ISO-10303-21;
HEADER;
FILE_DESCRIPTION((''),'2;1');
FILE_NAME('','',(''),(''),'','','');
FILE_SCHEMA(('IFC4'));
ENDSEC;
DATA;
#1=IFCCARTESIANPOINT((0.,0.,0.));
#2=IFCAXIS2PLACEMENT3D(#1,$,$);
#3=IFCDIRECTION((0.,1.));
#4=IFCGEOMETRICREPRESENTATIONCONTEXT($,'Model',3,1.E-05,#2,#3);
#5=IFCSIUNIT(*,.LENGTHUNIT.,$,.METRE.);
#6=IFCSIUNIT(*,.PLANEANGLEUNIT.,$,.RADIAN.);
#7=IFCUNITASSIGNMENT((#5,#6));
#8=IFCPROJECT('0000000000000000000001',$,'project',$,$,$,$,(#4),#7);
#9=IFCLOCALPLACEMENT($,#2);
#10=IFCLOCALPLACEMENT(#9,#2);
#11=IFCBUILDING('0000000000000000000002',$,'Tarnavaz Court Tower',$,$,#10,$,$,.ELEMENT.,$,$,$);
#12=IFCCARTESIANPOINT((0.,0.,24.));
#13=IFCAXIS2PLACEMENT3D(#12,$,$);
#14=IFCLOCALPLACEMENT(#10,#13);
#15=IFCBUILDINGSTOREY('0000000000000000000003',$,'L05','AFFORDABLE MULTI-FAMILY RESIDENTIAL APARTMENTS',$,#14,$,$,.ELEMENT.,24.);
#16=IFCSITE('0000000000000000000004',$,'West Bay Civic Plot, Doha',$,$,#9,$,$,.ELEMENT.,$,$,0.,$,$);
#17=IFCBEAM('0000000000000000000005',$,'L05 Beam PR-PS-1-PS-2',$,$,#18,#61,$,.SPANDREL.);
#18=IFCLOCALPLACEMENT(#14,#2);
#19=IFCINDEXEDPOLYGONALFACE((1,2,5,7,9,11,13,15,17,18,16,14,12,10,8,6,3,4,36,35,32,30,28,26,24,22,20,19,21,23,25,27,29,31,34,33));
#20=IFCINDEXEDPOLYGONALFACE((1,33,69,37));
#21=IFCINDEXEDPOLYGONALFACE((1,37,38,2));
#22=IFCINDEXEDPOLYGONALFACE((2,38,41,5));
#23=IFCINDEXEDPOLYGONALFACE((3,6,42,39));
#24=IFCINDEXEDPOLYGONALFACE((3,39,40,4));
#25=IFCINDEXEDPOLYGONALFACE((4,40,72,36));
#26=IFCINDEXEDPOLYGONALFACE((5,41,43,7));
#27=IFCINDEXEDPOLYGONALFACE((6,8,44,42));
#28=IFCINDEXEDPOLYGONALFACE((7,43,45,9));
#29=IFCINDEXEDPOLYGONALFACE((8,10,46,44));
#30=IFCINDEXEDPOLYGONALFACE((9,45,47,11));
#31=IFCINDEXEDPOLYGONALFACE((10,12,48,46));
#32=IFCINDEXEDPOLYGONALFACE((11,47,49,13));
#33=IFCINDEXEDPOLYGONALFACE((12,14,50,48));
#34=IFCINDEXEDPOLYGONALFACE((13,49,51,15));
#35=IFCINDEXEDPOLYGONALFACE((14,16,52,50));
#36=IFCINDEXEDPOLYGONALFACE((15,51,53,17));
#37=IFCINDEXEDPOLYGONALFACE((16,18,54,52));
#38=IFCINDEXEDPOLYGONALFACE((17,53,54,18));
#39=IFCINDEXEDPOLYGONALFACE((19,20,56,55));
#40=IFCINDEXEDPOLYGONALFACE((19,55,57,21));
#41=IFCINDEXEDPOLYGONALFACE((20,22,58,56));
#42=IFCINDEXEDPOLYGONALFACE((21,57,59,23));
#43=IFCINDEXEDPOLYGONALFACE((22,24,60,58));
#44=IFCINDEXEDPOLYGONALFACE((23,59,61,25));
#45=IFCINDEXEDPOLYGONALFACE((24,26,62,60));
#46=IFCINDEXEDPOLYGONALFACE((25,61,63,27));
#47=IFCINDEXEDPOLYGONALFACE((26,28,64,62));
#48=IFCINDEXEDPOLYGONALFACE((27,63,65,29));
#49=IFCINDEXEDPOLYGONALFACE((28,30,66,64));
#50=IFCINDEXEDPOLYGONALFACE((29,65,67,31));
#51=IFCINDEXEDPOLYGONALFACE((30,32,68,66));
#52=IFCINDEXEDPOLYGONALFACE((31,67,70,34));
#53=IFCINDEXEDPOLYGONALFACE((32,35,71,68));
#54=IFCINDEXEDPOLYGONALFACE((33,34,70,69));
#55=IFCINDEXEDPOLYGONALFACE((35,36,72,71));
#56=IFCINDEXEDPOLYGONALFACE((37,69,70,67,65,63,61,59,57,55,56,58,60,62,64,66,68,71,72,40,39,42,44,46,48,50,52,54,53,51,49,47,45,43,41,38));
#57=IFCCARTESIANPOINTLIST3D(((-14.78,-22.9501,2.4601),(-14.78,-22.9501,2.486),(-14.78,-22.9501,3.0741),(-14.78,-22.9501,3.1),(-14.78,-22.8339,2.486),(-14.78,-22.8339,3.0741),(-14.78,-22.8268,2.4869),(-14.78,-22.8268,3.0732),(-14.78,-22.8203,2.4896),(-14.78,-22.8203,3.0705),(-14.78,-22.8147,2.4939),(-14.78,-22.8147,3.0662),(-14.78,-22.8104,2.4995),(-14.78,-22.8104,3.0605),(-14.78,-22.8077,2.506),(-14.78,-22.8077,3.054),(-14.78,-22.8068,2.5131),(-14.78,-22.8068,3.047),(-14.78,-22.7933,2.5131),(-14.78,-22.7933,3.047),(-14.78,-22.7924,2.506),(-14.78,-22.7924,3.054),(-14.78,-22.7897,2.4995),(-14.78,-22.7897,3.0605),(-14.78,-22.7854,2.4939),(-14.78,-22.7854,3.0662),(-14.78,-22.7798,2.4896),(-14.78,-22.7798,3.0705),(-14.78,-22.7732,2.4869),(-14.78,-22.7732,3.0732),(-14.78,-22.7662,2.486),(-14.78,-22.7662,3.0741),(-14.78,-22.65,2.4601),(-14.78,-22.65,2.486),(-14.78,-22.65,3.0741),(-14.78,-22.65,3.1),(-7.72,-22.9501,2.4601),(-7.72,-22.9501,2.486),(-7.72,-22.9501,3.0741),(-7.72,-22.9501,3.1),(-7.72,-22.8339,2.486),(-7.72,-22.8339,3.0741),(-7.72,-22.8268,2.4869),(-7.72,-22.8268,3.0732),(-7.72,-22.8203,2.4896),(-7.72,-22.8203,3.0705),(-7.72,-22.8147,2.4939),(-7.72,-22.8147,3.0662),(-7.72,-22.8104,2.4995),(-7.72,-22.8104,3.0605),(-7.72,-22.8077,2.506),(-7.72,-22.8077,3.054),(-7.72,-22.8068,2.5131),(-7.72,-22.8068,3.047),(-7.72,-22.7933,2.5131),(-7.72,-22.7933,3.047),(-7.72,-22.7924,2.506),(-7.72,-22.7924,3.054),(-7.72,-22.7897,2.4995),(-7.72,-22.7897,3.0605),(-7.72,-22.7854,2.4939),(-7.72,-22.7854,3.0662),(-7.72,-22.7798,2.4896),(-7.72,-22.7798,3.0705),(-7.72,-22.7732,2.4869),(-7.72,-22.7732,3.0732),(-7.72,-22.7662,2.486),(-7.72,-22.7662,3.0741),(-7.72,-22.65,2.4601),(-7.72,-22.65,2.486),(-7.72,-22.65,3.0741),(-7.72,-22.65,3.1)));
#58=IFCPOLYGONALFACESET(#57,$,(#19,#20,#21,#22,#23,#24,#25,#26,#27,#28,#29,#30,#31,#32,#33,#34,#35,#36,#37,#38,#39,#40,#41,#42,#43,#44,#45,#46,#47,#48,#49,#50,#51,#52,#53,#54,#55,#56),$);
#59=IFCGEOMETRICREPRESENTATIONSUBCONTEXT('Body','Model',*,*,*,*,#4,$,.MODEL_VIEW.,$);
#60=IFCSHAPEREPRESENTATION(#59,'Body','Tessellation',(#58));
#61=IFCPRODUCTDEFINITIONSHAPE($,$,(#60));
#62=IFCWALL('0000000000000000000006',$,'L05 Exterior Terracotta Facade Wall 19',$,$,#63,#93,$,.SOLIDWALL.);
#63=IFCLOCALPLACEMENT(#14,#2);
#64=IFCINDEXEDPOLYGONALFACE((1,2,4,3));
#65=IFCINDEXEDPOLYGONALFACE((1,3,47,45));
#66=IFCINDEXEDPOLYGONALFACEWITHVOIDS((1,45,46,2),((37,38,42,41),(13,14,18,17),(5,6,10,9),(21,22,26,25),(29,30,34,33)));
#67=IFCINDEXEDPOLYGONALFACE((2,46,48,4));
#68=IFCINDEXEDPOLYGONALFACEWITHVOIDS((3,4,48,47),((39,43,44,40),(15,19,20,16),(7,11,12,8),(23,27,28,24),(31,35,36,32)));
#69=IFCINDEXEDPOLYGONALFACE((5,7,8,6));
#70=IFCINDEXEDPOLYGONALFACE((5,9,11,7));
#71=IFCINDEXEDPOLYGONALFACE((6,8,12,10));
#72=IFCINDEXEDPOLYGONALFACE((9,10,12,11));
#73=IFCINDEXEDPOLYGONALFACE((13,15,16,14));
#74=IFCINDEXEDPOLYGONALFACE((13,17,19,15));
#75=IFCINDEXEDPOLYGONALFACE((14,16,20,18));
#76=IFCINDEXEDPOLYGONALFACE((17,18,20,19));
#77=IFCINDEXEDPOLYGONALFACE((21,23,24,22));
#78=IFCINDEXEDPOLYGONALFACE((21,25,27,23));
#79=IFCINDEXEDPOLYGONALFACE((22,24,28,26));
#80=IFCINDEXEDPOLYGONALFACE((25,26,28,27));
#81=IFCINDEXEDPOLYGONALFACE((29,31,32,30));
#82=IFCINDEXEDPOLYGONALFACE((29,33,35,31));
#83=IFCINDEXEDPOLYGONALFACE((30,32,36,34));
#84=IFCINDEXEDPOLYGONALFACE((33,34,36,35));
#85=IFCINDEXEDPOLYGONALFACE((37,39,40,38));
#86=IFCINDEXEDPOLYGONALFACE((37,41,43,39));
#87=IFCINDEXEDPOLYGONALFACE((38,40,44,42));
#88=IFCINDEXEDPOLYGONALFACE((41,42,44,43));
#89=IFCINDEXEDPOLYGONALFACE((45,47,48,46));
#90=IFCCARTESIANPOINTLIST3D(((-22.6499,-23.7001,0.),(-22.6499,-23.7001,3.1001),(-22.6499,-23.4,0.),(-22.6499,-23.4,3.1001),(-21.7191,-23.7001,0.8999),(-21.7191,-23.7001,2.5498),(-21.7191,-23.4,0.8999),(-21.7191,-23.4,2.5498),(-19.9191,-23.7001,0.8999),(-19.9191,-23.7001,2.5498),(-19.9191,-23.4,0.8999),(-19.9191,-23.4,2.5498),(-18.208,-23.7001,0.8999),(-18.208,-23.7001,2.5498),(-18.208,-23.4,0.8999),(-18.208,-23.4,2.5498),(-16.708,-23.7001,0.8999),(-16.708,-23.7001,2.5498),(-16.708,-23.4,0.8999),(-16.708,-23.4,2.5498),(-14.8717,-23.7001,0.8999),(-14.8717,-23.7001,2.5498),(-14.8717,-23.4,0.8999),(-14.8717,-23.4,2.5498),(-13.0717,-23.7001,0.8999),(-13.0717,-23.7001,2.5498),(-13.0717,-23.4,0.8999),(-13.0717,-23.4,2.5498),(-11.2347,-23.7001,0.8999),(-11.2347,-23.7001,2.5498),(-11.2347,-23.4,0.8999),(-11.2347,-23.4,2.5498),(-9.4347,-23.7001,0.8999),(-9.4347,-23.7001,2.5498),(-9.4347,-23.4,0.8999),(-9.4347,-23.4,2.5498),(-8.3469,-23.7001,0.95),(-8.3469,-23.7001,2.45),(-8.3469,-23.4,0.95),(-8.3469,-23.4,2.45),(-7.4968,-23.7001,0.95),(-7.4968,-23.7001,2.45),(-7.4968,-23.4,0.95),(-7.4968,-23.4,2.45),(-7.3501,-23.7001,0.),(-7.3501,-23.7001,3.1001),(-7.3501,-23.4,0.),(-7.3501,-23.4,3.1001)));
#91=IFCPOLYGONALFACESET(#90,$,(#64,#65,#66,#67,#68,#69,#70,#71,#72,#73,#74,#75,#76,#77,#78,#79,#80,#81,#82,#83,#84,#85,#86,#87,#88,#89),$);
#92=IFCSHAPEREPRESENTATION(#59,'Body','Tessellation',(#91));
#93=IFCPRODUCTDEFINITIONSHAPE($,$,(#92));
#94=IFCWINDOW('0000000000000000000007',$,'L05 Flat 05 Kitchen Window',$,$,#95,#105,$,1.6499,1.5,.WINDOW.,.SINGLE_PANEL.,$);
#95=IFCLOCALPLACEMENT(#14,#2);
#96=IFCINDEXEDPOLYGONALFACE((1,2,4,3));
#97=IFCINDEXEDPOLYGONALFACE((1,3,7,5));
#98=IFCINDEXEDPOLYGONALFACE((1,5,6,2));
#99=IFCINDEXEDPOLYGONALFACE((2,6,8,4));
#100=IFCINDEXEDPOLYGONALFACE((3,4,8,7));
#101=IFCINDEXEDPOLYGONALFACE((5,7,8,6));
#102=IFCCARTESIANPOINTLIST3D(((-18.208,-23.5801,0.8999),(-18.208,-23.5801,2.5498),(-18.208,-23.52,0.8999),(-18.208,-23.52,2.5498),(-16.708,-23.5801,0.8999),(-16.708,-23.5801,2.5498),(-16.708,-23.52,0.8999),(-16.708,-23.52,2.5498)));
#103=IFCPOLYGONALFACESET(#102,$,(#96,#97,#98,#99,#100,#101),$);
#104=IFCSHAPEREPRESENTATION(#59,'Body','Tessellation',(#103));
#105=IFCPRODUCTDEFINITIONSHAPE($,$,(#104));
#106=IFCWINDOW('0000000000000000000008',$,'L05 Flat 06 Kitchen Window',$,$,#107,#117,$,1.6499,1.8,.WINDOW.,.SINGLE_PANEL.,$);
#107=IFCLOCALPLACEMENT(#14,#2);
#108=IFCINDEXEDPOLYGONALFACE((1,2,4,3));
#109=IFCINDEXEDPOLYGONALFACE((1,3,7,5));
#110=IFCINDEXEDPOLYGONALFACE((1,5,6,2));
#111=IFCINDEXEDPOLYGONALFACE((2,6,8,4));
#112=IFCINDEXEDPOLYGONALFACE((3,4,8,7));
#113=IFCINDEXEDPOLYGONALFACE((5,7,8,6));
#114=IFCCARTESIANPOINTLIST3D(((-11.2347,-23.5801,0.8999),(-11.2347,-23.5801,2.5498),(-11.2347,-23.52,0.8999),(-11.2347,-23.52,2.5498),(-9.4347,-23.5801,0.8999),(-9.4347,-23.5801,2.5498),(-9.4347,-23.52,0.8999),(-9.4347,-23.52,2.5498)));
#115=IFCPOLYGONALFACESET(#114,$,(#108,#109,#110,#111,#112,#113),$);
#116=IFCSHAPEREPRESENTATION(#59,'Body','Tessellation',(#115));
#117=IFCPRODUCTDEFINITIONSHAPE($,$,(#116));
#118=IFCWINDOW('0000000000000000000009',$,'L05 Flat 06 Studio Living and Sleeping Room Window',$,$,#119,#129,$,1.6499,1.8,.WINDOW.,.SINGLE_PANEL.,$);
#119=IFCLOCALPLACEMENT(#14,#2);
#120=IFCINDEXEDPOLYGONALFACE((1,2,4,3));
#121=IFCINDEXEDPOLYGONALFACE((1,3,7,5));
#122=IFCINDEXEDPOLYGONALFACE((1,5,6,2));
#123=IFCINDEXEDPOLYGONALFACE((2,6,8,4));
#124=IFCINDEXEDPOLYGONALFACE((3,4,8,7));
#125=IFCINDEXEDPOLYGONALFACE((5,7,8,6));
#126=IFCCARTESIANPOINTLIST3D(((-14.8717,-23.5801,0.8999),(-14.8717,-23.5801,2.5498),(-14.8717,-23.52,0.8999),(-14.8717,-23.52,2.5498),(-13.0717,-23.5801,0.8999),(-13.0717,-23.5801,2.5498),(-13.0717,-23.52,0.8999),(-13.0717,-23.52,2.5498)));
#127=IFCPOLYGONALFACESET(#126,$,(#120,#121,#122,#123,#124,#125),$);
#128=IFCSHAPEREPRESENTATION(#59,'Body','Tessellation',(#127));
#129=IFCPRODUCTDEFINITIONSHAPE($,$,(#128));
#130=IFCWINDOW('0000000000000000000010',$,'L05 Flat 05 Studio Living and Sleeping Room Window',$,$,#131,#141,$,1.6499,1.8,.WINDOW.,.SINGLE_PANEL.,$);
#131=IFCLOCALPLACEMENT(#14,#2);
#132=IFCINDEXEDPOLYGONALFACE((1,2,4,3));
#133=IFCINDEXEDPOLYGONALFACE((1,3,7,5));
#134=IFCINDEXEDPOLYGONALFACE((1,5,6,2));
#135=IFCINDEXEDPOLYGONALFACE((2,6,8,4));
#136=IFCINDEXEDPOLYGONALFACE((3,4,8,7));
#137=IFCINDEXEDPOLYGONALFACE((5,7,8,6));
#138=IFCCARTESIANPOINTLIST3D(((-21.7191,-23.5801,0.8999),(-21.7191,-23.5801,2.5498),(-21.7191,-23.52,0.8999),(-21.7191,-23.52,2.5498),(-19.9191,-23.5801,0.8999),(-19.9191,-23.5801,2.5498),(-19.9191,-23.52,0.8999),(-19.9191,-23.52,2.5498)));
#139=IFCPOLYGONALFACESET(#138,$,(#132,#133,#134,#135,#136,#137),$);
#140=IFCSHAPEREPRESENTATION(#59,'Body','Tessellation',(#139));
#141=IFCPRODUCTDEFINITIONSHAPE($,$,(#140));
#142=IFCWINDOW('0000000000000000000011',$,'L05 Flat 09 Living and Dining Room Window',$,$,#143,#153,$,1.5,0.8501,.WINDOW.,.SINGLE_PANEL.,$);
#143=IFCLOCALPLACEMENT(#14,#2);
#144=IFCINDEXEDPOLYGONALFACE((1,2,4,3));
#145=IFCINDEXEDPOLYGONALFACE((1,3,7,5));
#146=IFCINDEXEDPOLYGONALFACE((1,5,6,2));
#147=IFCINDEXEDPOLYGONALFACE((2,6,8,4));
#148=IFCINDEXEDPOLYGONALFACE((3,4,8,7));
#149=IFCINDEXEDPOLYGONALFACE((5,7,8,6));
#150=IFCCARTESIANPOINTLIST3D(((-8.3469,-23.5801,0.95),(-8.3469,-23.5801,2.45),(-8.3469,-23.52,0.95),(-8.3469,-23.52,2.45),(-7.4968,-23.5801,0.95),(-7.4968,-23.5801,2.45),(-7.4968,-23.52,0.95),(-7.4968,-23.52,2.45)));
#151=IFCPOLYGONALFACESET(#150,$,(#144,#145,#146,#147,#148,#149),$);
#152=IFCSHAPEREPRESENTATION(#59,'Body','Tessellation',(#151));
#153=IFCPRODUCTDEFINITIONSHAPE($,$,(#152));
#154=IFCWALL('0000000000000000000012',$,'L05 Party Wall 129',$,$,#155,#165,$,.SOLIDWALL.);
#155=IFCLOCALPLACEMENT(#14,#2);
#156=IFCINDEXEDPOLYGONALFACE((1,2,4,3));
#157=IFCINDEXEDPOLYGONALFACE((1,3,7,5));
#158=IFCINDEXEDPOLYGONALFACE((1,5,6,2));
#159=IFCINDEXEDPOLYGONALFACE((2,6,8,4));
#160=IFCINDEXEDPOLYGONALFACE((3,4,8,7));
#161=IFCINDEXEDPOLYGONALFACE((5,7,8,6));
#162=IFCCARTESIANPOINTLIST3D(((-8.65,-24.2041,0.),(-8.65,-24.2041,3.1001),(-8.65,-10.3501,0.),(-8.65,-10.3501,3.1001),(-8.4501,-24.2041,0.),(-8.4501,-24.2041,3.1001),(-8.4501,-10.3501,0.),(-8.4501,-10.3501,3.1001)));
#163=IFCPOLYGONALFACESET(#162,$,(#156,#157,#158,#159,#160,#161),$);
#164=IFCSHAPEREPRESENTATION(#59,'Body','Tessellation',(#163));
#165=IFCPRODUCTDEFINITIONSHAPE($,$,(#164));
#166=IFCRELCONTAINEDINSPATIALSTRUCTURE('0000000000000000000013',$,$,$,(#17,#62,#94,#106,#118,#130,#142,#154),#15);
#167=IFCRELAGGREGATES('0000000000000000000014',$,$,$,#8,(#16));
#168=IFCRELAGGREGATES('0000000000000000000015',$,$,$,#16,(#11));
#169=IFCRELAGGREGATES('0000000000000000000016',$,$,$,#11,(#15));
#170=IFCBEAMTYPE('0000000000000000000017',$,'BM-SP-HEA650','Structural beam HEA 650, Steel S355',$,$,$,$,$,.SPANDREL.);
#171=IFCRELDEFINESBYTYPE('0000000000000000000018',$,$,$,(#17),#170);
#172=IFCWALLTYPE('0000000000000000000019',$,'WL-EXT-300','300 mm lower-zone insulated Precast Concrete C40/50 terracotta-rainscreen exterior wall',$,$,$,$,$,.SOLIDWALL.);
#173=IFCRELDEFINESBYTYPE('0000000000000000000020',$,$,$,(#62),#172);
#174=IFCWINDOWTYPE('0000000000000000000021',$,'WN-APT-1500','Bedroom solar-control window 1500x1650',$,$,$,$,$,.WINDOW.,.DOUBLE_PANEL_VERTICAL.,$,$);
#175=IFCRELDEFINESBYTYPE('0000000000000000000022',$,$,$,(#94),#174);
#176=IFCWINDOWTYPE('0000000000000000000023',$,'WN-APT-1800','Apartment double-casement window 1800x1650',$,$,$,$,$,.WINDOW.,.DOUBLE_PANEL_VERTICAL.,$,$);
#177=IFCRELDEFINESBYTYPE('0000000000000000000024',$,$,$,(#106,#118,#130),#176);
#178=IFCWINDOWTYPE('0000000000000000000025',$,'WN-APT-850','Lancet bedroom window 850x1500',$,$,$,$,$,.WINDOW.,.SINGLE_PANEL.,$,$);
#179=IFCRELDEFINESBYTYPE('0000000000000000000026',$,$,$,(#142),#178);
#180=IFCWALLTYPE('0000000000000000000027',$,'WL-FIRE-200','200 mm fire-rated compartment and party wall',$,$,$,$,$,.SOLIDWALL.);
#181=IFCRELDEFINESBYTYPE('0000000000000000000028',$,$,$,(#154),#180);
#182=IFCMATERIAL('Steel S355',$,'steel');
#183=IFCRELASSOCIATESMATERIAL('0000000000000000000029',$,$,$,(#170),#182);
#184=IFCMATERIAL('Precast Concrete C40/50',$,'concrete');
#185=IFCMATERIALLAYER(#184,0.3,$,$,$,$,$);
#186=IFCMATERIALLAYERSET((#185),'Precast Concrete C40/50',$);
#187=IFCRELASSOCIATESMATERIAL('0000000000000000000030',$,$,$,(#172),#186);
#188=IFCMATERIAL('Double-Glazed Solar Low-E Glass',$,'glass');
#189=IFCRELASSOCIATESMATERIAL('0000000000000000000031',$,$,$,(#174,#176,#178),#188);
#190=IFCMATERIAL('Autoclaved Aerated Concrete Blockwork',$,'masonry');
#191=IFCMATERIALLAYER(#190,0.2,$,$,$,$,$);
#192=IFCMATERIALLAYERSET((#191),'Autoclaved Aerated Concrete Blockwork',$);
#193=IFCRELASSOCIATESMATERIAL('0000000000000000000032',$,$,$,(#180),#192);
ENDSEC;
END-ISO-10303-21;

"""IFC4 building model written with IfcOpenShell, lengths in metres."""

from ifc_helpers import new_model, si_unit, direction, frame, frame_2d, origin, origin_2d, place, context, subcontext, project, spatial, rectangle, i_section, extrude, material, layer, layer_set, material_profile, profile_set, type_object, element, fill, save


model = new_model("IFC4")

# Units and contexts
model_context = context("Model", 3, precision=1e-05, world=origin(), true_north=direction((0.0, 1.0)))
body_context = subcontext(model_context, "Body", "Model", "MODEL_VIEW")
ifc_project = project(units=[si_unit("LENGTHUNIT", "METRE"), si_unit("PLANEANGLEUNIT", "RADIAN")], contexts=[model_context])

# Site, building, storey
site_placement = place(None, origin())
site = spatial("IfcSite", under=ifc_project, at=site_placement, Name="West Bay Civic Plot, Doha", CompositionType="ELEMENT", RefElevation=0.0)
building_placement = place(site_placement, origin())
building = spatial("IfcBuilding", under=site, at=building_placement, Name="Tarnavaz Court Tower", CompositionType="ELEMENT")
storey_placement = place(building_placement, frame((0.0, 0.0, 24.0)))
storey = spatial("IfcBuildingStorey", under=building, at=storey_placement, Name="L05", Description="AFFORDABLE MULTI-FAMILY RESIDENTIAL APARTMENTS", CompositionType="ELEMENT", Elevation=24.0)

# Beam
ifc_material_1 = material(Name="Steel S355", Category="steel")
ifc_material_profile_1 = material_profile(ifc_material_1, i_section(OverallWidth=0.3, OverallDepth=0.6399, WebThickness=0.0134, FlangeThickness=0.0259, FilletRadius=0.0271, at=origin_2d()), Name="HEA 650")
ifc_profile_set_1 = profile_set([ifc_material_profile_1], Name="Steel S355")
beam_type_1 = type_object("IfcBeamType", Name="BM-SP-HEA650", Description="Structural beam HEA 650, Steel S355", PredefinedType="SPANDREL", material=ifc_profile_set_1)
beam_placement = place(storey_placement, frame((-14.78, -22.8, 2.78), z_axis=(1.0, 0.0, 0.0), x_axis=(0.0, 1.0, 0.0)))
element("IfcBeam", 1, at=beam_placement, inside=storey, type_object=beam_type_1, Name="L05 Beam PR-PS-1-PS-2", PredefinedType="SPANDREL", context=body_context, shape_type="SweptSolid", body=[
    extrude(i_section(OverallWidth=0.3, OverallDepth=0.6399, WebThickness=0.0134, FlangeThickness=0.0259, FilletRadius=0.0271, at=origin_2d()), origin(), (0.0, 0.0, 1.0), 7.0601),
])

# Wall, openings, windows
ifc_material_2 = material(Name="Precast Concrete C40/50", Category="concrete")
ifc_layer_1 = layer(ifc_material_2, 0.3)
ifc_layer_set_1 = layer_set([ifc_layer_1], Name="Precast Concrete C40/50")
wall_type_1 = type_object("IfcWallType", Name="WL-EXT-300", Description="300 mm lower-zone insulated Precast Concrete C40/50 terracotta-rainscreen exterior wall", PredefinedType="SOLIDWALL", material=ifc_layer_set_1)
wall_1_placement = place(storey_placement, frame((-7.3501, -23.55, 0.0), z_axis=(0.0, 0.0, 1.0), x_axis=(-1.0, 0.0, 0.0)))
wall_1 = element("IfcWall", 2, at=wall_1_placement, inside=storey, type_object=wall_type_1, Name="L05 Exterior Terracotta Facade Wall 19", PredefinedType="SOLIDWALL", context=body_context, shape_type="SweptSolid", body=[
    extrude(rectangle(XDim=15.2998, YDim=0.3, at=frame_2d((7.6499, 0.0))), origin(), (0.0, 0.0, 1.0), 3.1001),
])
opening_1_placement = place(wall_1_placement, frame((0.1467, 0.0, 0.95)))
opening_1 = element("IfcOpeningElement", 3, at=opening_1_placement, cuts=wall_1, PredefinedType="OPENING", context=body_context, shape_type="SweptSolid", body=[
    extrude(rectangle(XDim=0.8501, YDim=1.5, at=frame_2d((0.425, 0.75))), frame((0.0, 0.1599, 0.0), z_axis=(0.0, -1.0, 0.0), x_axis=(1.0, 0.0, 0.0)), (0.0, 0.0, 1.0), 0.3201),
])
opening_2_placement = place(wall_1_placement, frame((2.0847, 0.0, 0.8999)))
opening_2 = element("IfcOpeningElement", 4, at=opening_2_placement, cuts=wall_1, PredefinedType="OPENING", context=body_context, shape_type="SweptSolid", body=[
    extrude(rectangle(XDim=1.8, YDim=1.6499, at=frame_2d((0.8999, 0.825))), frame((0.0, 0.1599, 0.0), z_axis=(0.0, -1.0, 0.0), x_axis=(1.0, 0.0, 0.0)), (0.0, 0.0, 1.0), 0.3201),
])
opening_3_placement = place(wall_1_placement, frame((5.7217, 0.0, 0.8999)))
opening_3 = element("IfcOpeningElement", 5, at=opening_3_placement, cuts=wall_1, PredefinedType="OPENING", context=body_context, shape_type="SweptSolid", body=[
    extrude(rectangle(XDim=1.8, YDim=1.6499, at=frame_2d((0.8999, 0.825))), frame((0.0, 0.1599, 0.0), z_axis=(0.0, -1.0, 0.0), x_axis=(1.0, 0.0, 0.0)), (0.0, 0.0, 1.0), 0.3201),
])
opening_4_placement = place(wall_1_placement, frame((9.3579, 0.0, 0.8999)))
opening_4 = element("IfcOpeningElement", 6, at=opening_4_placement, cuts=wall_1, PredefinedType="OPENING", context=body_context, shape_type="SweptSolid", body=[
    extrude(rectangle(XDim=1.5, YDim=1.6499, at=frame_2d((0.75, 0.825))), frame((0.0, 0.1599, 0.0), z_axis=(0.0, -1.0, 0.0), x_axis=(1.0, 0.0, 0.0)), (0.0, 0.0, 1.0), 0.3201),
])
opening_5_placement = place(wall_1_placement, frame((12.5691, 0.0, 0.8999)))
opening_5 = element("IfcOpeningElement", 7, at=opening_5_placement, cuts=wall_1, PredefinedType="OPENING", context=body_context, shape_type="SweptSolid", body=[
    extrude(rectangle(XDim=1.8, YDim=1.6499, at=frame_2d((0.8999, 0.825))), frame((0.0, 0.1599, 0.0), z_axis=(0.0, -1.0, 0.0), x_axis=(1.0, 0.0, 0.0)), (0.0, 0.0, 1.0), 0.3201),
])
ifc_material_3 = material(Name="Double-Glazed Solar Low-E Glass", Category="glass")
window_type_1 = type_object("IfcWindowType", Name="WN-APT-1500", Description="Bedroom solar-control window 1500x1650", PartitioningType="DOUBLE_PANEL_VERTICAL", PredefinedType="WINDOW", material=ifc_material_3)
window_1_placement = place(opening_4_placement, origin())
window_1 = element("IfcWindow", 8, at=window_1_placement, inside=storey, type_object=window_type_1, Name="L05 Flat 05 Kitchen Window", OverallHeight=1.6499, OverallWidth=1.5, PartitioningType="SINGLE_PANEL", PredefinedType="WINDOW", context=body_context, shape_type="SweptSolid", body=[
    extrude(rectangle(XDim=1.5, YDim=1.6499, at=frame_2d((0.75, 0.825))), frame((0.0, 0.03, 0.0), z_axis=(0.0, -1.0, 0.0), x_axis=(1.0, 0.0, 0.0)), (0.0, 0.0, 1.0), 0.0601),
])
fill(opening_4, window_1)
window_type_2 = type_object("IfcWindowType", Name="WN-APT-1800", Description="Apartment double-casement window 1800x1650", PartitioningType="DOUBLE_PANEL_VERTICAL", PredefinedType="WINDOW", material=ifc_material_3)
window_2_placement = place(opening_2_placement, origin())
window_2 = element("IfcWindow", 9, at=window_2_placement, inside=storey, type_object=window_type_2, Name="L05 Flat 06 Kitchen Window", OverallHeight=1.6499, OverallWidth=1.8, PartitioningType="SINGLE_PANEL", PredefinedType="WINDOW", context=body_context, shape_type="SweptSolid", body=[
    extrude(rectangle(XDim=1.8, YDim=1.6499, at=frame_2d((0.8999, 0.825))), frame((0.0, 0.03, 0.0), z_axis=(0.0, -1.0, 0.0), x_axis=(1.0, 0.0, 0.0)), (0.0, 0.0, 1.0), 0.0601),
])
fill(opening_2, window_2)
window_3_placement = place(opening_3_placement, origin())
window_3 = element("IfcWindow", 10, at=window_3_placement, inside=storey, type_object=window_type_2, Name="L05 Flat 06 Studio Living and Sleeping Room Window", OverallHeight=1.6499, OverallWidth=1.8, PartitioningType="SINGLE_PANEL", PredefinedType="WINDOW", context=body_context, shape_type="SweptSolid", body=[
    extrude(rectangle(XDim=1.8, YDim=1.6499, at=frame_2d((0.8999, 0.825))), frame((0.0, 0.03, 0.0), z_axis=(0.0, -1.0, 0.0), x_axis=(1.0, 0.0, 0.0)), (0.0, 0.0, 1.0), 0.0601),
])
fill(opening_3, window_3)
window_4_placement = place(opening_5_placement, origin())
window_4 = element("IfcWindow", 11, at=window_4_placement, inside=storey, type_object=window_type_2, Name="L05 Flat 05 Studio Living and Sleeping Room Window", OverallHeight=1.6499, OverallWidth=1.8, PartitioningType="SINGLE_PANEL", PredefinedType="WINDOW", context=body_context, shape_type="SweptSolid", body=[
    extrude(rectangle(XDim=1.8, YDim=1.6499, at=frame_2d((0.8999, 0.825))), frame((0.0, 0.03, 0.0), z_axis=(0.0, -1.0, 0.0), x_axis=(1.0, 0.0, 0.0)), (0.0, 0.0, 1.0), 0.0601),
])
fill(opening_5, window_4)
window_type_3 = type_object("IfcWindowType", Name="WN-APT-850", Description="Lancet bedroom window 850x1500", PartitioningType="SINGLE_PANEL", PredefinedType="WINDOW", material=ifc_material_3)
window_5_placement = place(opening_1_placement, origin())
window_5 = element("IfcWindow", 12, at=window_5_placement, inside=storey, type_object=window_type_3, Name="L05 Flat 09 Living and Dining Room Window", OverallHeight=1.5, OverallWidth=0.8501, PartitioningType="SINGLE_PANEL", PredefinedType="WINDOW", context=body_context, shape_type="SweptSolid", body=[
    extrude(rectangle(XDim=0.8501, YDim=1.5, at=frame_2d((0.425, 0.75))), frame((0.0, 0.03, 0.0), z_axis=(0.0, -1.0, 0.0), x_axis=(1.0, 0.0, 0.0)), (0.0, 0.0, 1.0), 0.0601),
])
fill(opening_1, window_5)

# Wall
ifc_material_4 = material(Name="Autoclaved Aerated Concrete Blockwork", Category="masonry")
ifc_layer_2 = layer(ifc_material_4, 0.2)
ifc_layer_set_2 = layer_set([ifc_layer_2], Name="Autoclaved Aerated Concrete Blockwork")
wall_type_2 = type_object("IfcWallType", Name="WL-FIRE-200", Description="200 mm fire-rated compartment and party wall", PredefinedType="SOLIDWALL", material=ifc_layer_set_2)
wall_2_placement = place(storey_placement, frame((-8.55, -24.2041, 0.0), z_axis=(0.0, 0.0, 1.0), x_axis=(0.0, 1.0, 0.0)))
element("IfcWall", 13, at=wall_2_placement, inside=storey, type_object=wall_type_2, Name="L05 Party Wall 129", PredefinedType="SOLIDWALL", context=body_context, shape_type="SweptSolid", body=[
    extrude(rectangle(XDim=13.854, YDim=0.2, at=frame_2d((6.927, 0.0))), origin(), (0.0, 0.0, 1.0), 3.1001),
])

save(model, "model.ifc")
